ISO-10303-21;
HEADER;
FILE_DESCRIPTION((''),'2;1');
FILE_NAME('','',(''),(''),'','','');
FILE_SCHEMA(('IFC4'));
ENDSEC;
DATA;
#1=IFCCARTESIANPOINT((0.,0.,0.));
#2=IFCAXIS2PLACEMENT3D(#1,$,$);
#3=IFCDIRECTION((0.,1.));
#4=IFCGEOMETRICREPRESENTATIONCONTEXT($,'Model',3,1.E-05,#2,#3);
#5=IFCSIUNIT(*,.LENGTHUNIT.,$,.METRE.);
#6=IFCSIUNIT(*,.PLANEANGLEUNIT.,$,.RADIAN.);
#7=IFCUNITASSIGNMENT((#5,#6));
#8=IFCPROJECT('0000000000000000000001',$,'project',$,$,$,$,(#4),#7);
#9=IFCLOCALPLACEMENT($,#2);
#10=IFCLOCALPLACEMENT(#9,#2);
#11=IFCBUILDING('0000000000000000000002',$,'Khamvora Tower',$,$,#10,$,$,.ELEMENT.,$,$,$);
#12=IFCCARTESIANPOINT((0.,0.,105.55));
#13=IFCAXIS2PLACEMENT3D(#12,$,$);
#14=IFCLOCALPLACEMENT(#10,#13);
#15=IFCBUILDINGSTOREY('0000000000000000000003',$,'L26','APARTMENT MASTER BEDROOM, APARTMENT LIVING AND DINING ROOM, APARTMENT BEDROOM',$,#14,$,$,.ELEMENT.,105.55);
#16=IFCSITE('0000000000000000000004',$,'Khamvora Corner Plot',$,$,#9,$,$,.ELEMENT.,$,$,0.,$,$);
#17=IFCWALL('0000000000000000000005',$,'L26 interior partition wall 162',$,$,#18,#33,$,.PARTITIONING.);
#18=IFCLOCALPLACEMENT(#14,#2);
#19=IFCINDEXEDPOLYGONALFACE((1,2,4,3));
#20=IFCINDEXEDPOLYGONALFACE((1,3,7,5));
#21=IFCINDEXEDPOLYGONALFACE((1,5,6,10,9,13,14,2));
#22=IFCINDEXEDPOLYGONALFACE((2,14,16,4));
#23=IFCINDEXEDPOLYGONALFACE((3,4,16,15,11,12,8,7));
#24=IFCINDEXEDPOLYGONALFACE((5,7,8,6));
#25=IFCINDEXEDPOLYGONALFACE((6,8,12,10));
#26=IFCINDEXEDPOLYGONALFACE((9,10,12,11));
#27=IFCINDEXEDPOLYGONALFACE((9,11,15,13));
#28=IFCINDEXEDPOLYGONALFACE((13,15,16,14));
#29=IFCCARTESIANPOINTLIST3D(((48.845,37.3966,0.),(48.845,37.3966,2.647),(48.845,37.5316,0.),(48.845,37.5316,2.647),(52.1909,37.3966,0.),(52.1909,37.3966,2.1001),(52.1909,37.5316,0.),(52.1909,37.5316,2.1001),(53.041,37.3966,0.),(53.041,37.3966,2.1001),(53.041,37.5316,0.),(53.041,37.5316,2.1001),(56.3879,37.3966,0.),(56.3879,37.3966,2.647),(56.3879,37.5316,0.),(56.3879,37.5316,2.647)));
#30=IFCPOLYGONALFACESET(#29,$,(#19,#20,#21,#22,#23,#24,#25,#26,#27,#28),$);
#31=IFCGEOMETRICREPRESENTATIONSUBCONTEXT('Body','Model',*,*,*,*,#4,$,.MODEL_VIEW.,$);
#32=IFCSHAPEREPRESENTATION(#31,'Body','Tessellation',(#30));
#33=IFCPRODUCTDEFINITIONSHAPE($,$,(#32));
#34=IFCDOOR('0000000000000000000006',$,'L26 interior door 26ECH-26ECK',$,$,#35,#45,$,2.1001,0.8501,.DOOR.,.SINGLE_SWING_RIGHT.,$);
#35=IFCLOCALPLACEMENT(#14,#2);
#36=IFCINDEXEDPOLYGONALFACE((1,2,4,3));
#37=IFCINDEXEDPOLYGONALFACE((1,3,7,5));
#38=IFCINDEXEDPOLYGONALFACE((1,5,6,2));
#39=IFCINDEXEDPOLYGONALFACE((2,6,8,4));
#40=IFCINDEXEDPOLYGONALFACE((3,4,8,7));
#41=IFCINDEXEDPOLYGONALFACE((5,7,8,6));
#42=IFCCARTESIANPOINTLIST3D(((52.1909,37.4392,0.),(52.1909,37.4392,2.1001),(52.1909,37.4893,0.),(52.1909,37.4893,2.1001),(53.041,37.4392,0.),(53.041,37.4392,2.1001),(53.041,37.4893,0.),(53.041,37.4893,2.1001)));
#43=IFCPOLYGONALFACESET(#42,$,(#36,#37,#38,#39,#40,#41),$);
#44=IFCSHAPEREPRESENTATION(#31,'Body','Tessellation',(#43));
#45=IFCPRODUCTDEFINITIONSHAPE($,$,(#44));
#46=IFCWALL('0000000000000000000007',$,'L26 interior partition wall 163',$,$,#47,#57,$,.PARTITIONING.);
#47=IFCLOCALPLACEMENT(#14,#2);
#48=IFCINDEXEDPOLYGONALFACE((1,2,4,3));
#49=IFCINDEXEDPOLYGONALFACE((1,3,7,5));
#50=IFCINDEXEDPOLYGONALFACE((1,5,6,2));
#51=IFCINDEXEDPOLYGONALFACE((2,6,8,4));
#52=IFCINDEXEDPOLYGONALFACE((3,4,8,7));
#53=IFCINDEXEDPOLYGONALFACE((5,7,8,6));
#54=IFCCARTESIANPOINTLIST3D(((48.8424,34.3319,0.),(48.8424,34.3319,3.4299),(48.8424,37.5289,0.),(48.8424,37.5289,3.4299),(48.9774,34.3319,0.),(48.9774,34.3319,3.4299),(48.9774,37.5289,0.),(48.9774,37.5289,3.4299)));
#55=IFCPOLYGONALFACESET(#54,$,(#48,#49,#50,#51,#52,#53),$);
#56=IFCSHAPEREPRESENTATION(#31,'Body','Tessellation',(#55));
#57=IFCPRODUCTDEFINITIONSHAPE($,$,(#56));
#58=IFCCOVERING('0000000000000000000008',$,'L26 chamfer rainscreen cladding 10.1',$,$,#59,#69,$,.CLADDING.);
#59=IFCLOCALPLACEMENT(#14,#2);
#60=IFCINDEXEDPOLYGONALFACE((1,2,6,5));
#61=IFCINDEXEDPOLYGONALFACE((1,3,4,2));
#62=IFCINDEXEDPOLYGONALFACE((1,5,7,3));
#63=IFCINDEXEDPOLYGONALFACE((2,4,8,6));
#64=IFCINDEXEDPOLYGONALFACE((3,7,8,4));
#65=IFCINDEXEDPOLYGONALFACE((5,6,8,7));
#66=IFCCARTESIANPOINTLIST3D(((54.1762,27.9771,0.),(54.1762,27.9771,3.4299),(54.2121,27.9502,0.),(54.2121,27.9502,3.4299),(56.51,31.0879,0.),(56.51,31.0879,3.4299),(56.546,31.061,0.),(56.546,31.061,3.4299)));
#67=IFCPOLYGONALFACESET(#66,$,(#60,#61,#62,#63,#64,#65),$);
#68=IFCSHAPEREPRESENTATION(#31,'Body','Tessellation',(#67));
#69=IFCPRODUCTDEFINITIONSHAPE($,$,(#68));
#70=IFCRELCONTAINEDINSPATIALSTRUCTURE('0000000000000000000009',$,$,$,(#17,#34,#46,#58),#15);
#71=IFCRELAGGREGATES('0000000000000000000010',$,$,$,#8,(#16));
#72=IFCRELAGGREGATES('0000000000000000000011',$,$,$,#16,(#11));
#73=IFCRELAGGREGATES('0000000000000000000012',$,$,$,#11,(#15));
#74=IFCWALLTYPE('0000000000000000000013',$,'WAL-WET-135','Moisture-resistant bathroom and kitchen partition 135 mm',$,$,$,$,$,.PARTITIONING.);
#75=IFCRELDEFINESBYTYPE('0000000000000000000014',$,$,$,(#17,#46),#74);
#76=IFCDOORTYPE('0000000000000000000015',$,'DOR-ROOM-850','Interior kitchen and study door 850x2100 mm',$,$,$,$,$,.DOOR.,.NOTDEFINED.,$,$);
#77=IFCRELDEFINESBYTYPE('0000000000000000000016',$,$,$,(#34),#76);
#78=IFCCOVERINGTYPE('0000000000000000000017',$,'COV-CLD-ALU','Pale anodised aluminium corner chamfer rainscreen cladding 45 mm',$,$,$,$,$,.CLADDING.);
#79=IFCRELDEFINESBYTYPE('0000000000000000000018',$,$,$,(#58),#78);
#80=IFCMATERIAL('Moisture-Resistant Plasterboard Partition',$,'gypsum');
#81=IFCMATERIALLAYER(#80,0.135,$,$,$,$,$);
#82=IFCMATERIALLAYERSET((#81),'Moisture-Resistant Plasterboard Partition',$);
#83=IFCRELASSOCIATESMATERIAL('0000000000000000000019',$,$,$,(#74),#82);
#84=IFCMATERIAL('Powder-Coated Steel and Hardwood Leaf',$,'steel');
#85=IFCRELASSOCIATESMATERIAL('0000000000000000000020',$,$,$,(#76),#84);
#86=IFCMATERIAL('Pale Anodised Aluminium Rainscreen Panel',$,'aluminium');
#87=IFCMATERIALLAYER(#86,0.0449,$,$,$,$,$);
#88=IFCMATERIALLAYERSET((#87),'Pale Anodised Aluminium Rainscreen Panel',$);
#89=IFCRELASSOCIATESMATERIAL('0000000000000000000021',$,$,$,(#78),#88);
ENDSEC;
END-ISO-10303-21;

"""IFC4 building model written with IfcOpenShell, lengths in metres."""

from ifc_helpers import new_model, si_unit, direction, frame, frame_2d, origin, origin_2d, place, context, subcontext, project, spatial, rectangle, extrude, material, layer, layer_set, type_object, element, fill, save


model = new_model("IFC4")

# Units and contexts
model_context = context("Model", 3, precision=1e-05, world=origin(), true_north=direction((0.0, 1.0)))
body_context = subcontext(model_context, "Body", "Model", "MODEL_VIEW")
ifc_project = project(units=[si_unit("LENGTHUNIT", "METRE"), si_unit("PLANEANGLEUNIT", "RADIAN")], contexts=[model_context])

# Site, building, storey
site_placement = place(None, origin())
site = spatial("IfcSite", under=ifc_project, at=site_placement, Name="Khamvora Corner Plot", CompositionType="ELEMENT", RefElevation=0.0)
building_placement = place(site_placement, origin())
building = spatial("IfcBuilding", under=site, at=building_placement, Name="Khamvora Tower", CompositionType="ELEMENT")
storey_placement = place(building_placement, frame((0.0, 0.0, 105.55)))
storey = spatial("IfcBuildingStorey", under=building, at=storey_placement, Name="L26", Description="APARTMENT MASTER BEDROOM, APARTMENT LIVING AND DINING ROOM, APARTMENT BEDROOM", CompositionType="ELEMENT", Elevation=105.55)

# Shared definitions
ifc_material_1 = material(Name="Powder-Coated Steel and Hardwood Leaf", Category="steel")

# Shared definitions
ifc_material_2 = material(Name="Moisture-Resistant Plasterboard Partition", Category="gypsum")
ifc_layer_1 = layer(ifc_material_2, 0.135)
ifc_layer_set_1 = layer_set([ifc_layer_1], Name="Moisture-Resistant Plasterboard Partition")
wall_type_1 = type_object("IfcWallType", Name="WAL-WET-135", Description="Moisture-resistant bathroom and kitchen partition 135 mm", PredefinedType="PARTITIONING", material=ifc_layer_set_1)

# Shared definitions
door_type_1 = type_object("IfcDoorType", Name="DOR-ROOM-850", Description="Interior kitchen and study door 850x2100 mm", OperationType="NOTDEFINED", PredefinedType="DOOR", material=ifc_material_1)

# Wall, opening, door
wall_1_placement = place(storey_placement, frame((56.3879, 37.4641, 0.0), z_axis=(0.0, 0.0, 1.0), x_axis=(-1.0, 0.0, 0.0)))
wall_1 = element("IfcWall", 1, at=wall_1_placement, inside=storey, type_object=wall_type_1, Name="L26 interior partition wall 162", PredefinedType="PARTITIONING", context=body_context, shape_type="SweptSolid", body=[
    extrude(rectangle(XDim=7.543, YDim=0.135, at=frame_2d((3.7715, 0.0))), origin(), (0.0, 0.0, 1.0), 2.647),
])
opening_1_placement = place(wall_1_placement, frame((3.3469, 0.0, 0.0)))
opening_1 = element("IfcOpeningElement", 2, at=opening_1_placement, cuts=wall_1, PredefinedType="OPENING", context=body_context, shape_type="SweptSolid", body=[
    extrude(rectangle(XDim=0.8501, YDim=2.1001, at=frame_2d((0.425, 1.05))), frame((0.0, 0.0774, 0.0), z_axis=(0.0, -1.0, 0.0), x_axis=(1.0, 0.0, 0.0)), (0.0, 0.0, 1.0), 0.155),
])
door_1_placement = place(opening_1_placement, origin())
door_1 = element("IfcDoor", 3, at=door_1_placement, inside=storey, type_object=door_type_1, Name="L26 interior door 26ECH-26ECK", OperationType="SINGLE_SWING_RIGHT", OverallHeight=2.1001, OverallWidth=0.8501, PredefinedType="DOOR", context=body_context, shape_type="SweptSolid", body=[
    extrude(rectangle(XDim=0.8501, YDim=2.1001, at=frame_2d((0.425, 1.05))), frame((0.0, 0.0249, 0.0), z_axis=(0.0, -1.0, 0.0), x_axis=(1.0, 0.0, 0.0)), (0.0, 0.0, 1.0), 0.05),
])
fill(opening_1, door_1)

# Wall
wall_2_placement = place(storey_placement, frame((48.9099, 37.5291, 0.0), z_axis=(0.0, 0.0, 1.0), x_axis=(0.0, -1.0, 0.0)))
element("IfcWall", 4, at=wall_2_placement, inside=storey, type_object=wall_type_1, Name="L26 interior partition wall 163", PredefinedType="PARTITIONING", context=body_context, shape_type="SweptSolid", body=[
    extrude(rectangle(XDim=3.197, YDim=0.135, at=frame_2d((1.5986, 0.0))), origin(), (0.0, 0.0, 1.0), 3.4299),
])

# Covering
ifc_material_3 = material(Name="Pale Anodised Aluminium Rainscreen Panel", Category="aluminium")
ifc_layer_2 = layer(ifc_material_3, 0.0449)
ifc_layer_set_2 = layer_set([ifc_layer_2], Name="Pale Anodised Aluminium Rainscreen Panel")
covering_type = type_object("IfcCoveringType", Name="COV-CLD-ALU", Description="Pale anodised aluminium corner chamfer rainscreen cladding 45 mm", PredefinedType="CLADDING", material=ifc_layer_set_2)
covering_placement = place(storey_placement, frame((55.3611, 29.519, 0.0), z_axis=(0.0, 0.0, 1.0), x_axis=(-0.60012, -0.79991, 0.0)))
element("IfcCovering", 5, at=covering_placement, inside=storey, type_object=covering_type, Name="L26 chamfer rainscreen cladding 10.1", PredefinedType="CLADDING", context=body_context, shape_type="SweptSolid", body=[
    extrude(rectangle(XDim=3.8889, YDim=0.0449, at=origin_2d()), origin(), (0.0, 0.0, 1.0), 3.4299),
])

save(model, "model.ifc")
